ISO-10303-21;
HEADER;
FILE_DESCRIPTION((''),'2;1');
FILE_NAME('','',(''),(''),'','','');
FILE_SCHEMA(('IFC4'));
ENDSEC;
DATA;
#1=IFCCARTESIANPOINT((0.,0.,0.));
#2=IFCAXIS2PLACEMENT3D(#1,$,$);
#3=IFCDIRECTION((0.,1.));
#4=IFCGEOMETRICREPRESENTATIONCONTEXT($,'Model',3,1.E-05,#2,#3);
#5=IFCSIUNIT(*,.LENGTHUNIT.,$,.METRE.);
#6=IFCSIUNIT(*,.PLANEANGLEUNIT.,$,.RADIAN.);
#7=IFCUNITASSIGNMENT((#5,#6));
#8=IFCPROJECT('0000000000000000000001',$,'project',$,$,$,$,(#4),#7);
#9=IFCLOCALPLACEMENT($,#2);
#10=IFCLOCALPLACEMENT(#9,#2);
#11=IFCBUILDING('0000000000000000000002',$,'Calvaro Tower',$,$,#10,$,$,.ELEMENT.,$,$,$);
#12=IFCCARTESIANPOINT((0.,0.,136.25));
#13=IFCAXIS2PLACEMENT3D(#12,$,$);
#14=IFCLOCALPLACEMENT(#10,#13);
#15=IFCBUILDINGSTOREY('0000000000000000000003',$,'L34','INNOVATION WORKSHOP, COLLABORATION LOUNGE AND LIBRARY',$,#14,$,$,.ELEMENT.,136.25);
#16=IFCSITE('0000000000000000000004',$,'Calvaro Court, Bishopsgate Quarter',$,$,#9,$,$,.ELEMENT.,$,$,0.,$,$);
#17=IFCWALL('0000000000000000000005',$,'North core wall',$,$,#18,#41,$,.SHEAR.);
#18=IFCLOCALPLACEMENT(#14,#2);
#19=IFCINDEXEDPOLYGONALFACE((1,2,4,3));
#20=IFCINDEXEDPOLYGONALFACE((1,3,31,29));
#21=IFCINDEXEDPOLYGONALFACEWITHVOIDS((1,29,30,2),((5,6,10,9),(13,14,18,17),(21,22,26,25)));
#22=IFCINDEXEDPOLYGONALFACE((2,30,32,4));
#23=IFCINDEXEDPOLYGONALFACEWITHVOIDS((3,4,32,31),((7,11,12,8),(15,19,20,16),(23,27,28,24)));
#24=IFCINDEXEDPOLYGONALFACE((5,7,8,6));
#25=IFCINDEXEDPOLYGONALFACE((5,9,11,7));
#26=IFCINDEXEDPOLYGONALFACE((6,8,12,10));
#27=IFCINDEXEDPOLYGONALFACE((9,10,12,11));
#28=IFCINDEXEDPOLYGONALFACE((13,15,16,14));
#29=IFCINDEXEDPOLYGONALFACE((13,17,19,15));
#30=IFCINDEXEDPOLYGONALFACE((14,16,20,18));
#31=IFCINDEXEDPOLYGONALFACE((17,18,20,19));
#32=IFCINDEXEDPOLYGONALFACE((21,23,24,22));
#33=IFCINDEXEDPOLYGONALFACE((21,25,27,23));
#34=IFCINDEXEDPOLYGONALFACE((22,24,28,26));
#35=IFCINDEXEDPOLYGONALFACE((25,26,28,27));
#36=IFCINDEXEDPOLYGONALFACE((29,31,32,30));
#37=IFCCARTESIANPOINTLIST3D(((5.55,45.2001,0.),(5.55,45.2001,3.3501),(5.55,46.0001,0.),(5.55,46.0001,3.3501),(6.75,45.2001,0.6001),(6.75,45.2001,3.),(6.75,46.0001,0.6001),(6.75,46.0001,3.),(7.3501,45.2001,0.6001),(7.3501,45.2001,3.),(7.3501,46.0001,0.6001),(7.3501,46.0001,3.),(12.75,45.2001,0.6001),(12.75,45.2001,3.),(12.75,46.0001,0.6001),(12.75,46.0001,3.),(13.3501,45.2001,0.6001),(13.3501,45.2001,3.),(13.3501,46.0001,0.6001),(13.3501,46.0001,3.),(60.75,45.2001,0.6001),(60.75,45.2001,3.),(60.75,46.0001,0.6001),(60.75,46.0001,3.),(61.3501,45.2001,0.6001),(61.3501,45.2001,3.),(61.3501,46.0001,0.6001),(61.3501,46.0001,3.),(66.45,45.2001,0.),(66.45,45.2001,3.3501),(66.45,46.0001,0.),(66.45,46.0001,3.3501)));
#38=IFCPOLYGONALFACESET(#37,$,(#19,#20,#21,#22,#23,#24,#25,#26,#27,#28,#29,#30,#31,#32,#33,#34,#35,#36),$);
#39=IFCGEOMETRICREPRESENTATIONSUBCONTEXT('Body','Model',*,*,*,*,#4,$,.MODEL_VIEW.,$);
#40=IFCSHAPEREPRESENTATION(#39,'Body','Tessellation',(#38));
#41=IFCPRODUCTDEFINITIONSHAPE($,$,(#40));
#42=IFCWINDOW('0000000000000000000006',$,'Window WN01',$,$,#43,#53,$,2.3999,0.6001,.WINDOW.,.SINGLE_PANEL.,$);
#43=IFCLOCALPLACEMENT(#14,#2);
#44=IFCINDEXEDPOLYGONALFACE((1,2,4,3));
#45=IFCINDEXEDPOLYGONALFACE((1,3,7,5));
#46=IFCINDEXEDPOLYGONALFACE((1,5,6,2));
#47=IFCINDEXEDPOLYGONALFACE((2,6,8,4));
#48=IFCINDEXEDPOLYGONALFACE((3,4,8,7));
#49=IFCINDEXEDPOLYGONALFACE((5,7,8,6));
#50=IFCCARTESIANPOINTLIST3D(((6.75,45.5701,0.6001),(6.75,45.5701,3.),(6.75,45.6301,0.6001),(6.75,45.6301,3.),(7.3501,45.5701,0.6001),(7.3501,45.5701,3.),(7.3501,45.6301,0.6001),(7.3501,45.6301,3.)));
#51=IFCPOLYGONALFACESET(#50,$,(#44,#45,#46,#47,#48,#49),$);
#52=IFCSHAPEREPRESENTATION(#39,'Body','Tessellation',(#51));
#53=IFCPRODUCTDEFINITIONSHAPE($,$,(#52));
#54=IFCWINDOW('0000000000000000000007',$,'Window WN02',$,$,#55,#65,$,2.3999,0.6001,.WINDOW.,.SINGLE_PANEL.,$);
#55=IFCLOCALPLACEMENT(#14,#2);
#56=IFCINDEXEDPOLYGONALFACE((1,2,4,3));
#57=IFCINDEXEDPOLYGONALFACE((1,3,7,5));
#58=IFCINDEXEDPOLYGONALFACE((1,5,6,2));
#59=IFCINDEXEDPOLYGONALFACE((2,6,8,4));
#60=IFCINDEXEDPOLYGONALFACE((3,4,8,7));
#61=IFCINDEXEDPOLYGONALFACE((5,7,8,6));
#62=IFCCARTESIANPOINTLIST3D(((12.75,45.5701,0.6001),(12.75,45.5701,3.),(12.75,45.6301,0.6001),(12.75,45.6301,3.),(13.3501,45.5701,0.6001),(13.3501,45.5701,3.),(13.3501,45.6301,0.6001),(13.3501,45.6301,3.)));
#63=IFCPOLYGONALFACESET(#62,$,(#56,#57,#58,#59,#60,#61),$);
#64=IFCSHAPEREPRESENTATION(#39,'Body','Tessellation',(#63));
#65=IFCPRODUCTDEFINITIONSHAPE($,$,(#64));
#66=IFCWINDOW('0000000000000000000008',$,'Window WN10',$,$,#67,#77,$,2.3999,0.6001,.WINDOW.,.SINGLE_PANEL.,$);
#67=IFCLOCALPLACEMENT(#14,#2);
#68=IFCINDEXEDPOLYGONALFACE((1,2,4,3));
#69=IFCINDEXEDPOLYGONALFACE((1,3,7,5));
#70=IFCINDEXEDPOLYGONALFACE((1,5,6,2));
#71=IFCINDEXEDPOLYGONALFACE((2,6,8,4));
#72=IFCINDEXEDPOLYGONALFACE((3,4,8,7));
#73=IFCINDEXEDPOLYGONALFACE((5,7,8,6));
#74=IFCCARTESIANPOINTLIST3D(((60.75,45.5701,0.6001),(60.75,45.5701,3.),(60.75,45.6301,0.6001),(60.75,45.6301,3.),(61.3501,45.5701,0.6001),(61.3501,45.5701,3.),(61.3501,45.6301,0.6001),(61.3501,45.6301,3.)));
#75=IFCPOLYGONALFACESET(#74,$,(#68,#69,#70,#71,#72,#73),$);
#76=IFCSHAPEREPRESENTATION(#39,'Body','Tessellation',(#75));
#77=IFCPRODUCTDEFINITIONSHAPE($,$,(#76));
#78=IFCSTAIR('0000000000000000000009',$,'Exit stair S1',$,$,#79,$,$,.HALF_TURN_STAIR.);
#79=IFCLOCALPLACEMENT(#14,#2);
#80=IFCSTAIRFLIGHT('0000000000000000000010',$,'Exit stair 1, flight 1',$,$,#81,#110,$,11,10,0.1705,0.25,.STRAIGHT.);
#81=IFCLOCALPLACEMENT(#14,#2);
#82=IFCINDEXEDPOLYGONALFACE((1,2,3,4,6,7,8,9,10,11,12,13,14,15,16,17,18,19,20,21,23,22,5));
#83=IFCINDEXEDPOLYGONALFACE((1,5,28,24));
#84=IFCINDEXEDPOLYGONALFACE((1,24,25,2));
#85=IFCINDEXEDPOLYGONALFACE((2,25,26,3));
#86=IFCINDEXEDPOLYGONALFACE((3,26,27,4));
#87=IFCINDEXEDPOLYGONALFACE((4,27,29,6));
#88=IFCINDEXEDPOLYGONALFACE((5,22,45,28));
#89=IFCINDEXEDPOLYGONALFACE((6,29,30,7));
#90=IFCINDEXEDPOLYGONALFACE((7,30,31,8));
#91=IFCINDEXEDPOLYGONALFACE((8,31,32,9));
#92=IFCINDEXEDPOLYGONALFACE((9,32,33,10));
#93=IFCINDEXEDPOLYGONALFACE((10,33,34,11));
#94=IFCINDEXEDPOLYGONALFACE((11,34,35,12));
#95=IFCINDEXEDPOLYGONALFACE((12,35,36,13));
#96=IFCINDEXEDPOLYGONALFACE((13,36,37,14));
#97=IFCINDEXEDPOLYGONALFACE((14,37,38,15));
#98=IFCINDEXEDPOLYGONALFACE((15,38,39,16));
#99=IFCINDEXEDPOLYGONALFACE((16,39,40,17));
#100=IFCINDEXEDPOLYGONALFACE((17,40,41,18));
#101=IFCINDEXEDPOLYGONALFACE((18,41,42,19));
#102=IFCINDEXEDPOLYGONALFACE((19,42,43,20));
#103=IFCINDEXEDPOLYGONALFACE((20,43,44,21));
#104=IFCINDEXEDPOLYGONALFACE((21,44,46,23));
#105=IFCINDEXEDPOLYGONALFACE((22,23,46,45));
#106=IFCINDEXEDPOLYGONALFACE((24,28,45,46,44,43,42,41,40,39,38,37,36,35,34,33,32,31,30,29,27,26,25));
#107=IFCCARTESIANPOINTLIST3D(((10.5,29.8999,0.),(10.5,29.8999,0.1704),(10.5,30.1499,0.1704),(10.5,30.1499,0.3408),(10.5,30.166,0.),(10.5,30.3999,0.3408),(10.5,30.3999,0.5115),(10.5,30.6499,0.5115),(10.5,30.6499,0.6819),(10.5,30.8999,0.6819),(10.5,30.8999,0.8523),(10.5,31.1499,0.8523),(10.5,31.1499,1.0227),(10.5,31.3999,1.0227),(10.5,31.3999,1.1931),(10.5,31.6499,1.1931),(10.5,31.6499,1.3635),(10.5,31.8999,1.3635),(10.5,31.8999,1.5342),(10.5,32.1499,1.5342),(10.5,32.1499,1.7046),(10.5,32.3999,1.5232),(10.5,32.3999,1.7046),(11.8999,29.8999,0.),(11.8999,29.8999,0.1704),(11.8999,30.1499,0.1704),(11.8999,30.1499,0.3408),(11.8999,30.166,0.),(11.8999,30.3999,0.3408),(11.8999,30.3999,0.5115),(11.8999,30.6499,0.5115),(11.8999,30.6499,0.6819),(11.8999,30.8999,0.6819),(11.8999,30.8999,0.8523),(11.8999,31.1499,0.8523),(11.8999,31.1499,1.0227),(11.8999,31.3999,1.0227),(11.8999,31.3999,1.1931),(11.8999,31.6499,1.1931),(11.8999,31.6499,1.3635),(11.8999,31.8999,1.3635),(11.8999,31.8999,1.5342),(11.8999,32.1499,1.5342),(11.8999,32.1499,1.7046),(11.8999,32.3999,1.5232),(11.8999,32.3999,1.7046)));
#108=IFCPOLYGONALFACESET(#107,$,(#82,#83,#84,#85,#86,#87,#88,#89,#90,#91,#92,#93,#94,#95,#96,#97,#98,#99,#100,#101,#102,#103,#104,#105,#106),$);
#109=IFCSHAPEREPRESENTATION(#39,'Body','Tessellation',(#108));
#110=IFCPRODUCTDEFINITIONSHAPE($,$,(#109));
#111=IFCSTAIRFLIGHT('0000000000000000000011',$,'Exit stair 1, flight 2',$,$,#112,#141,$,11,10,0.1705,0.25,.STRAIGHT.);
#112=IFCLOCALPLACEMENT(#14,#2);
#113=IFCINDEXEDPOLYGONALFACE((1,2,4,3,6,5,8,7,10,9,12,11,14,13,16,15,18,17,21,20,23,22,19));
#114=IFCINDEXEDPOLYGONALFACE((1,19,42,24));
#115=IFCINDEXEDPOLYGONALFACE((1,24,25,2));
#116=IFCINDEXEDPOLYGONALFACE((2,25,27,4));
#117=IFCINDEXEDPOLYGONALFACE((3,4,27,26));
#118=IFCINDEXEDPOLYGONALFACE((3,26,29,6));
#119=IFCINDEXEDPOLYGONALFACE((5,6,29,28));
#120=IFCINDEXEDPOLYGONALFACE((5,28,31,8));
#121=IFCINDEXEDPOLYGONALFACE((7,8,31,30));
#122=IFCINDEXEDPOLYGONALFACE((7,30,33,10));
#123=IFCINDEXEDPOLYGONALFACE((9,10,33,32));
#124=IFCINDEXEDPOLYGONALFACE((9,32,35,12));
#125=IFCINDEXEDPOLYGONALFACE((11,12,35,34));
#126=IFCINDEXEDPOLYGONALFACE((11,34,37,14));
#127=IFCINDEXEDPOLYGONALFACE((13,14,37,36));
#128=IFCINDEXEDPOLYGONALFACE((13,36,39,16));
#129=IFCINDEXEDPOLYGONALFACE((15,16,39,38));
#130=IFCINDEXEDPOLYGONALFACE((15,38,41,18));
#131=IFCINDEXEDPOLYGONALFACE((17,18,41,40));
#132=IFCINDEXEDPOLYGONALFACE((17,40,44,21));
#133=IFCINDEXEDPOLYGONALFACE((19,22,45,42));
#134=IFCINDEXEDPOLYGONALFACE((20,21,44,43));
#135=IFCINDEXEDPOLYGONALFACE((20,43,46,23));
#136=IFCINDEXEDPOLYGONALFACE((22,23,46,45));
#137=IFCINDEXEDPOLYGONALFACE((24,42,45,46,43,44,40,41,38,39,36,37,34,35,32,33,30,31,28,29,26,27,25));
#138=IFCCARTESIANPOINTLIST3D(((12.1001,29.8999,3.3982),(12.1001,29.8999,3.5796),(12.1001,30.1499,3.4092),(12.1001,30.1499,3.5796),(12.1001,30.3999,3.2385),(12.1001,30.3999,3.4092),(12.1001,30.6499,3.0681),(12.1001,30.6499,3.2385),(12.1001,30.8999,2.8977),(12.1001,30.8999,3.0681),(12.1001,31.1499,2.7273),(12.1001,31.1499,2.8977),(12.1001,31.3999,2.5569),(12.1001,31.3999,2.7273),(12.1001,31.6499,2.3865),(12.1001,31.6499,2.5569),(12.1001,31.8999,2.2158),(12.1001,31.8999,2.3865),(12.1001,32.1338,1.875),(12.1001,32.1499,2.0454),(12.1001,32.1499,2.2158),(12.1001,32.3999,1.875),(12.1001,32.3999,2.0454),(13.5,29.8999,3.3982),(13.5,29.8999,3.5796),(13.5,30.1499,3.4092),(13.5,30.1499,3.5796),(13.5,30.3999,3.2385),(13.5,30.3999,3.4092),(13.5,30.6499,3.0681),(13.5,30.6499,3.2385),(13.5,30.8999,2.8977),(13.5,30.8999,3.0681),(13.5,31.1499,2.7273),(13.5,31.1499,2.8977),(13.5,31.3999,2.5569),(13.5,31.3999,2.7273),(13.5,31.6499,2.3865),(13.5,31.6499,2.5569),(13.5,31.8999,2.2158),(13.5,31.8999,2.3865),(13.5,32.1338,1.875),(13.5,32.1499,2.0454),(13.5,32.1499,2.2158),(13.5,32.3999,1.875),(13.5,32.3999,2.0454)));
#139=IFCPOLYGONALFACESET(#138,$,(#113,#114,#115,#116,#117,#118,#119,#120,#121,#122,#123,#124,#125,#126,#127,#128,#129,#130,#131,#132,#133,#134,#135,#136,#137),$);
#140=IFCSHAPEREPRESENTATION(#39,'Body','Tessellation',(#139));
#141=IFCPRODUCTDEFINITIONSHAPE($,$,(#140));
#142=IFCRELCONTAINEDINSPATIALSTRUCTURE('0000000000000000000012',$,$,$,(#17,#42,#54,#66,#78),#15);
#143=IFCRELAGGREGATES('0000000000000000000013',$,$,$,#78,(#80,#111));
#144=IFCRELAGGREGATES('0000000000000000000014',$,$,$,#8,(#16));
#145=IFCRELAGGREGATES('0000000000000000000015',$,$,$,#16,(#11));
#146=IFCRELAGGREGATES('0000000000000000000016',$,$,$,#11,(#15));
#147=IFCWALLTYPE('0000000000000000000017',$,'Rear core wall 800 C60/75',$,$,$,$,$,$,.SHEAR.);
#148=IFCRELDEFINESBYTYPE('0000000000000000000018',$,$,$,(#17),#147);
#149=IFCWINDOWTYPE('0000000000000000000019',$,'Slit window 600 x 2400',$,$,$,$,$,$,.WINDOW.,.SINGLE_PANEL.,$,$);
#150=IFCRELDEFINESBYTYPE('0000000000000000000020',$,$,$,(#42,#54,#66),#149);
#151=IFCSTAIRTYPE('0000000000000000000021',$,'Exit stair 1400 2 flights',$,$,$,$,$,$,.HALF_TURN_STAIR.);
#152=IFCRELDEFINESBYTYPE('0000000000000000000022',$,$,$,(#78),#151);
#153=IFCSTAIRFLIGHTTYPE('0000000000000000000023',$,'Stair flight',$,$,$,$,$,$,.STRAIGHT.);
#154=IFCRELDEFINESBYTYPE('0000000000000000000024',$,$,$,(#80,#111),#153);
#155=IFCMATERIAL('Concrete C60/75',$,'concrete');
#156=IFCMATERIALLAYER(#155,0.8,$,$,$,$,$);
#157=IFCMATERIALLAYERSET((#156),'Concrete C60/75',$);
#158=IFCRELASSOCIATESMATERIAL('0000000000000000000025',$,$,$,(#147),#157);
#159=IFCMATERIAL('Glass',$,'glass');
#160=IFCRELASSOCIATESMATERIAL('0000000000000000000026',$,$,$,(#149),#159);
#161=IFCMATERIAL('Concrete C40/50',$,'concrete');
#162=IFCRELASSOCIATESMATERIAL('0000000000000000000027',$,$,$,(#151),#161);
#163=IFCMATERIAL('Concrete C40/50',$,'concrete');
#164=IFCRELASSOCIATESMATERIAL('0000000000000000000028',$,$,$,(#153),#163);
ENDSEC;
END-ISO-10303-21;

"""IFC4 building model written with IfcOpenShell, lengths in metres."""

from ifc_helpers import new_model, si_unit, direction, frame, frame_2d, origin, place, context, subcontext, project, spatial, polyline, rectangle, outline, extrude, material, layer, layer_set, type_object, element, fill, aggregate, save


model = new_model("IFC4")

# Units and contexts
model_context = context("Model", 3, precision=1e-05, world=origin(), true_north=direction((0.0, 1.0)))
body_context = subcontext(model_context, "Body", "Model", "MODEL_VIEW")
ifc_project = project(units=[si_unit("LENGTHUNIT", "METRE"), si_unit("PLANEANGLEUNIT", "RADIAN")], contexts=[model_context])

# Site, building, storey
site_placement = place(None, origin())
site = spatial("IfcSite", under=ifc_project, at=site_placement, Name="Calvaro Court, Bishopsgate Quarter", CompositionType="ELEMENT", RefElevation=0.0)
building_placement = place(site_placement, origin())
building = spatial("IfcBuilding", under=site, at=building_placement, Name="Calvaro Tower", CompositionType="ELEMENT")
storey_placement = place(building_placement, frame((0.0, 0.0, 136.25)))
storey = spatial("IfcBuildingStorey", under=building, at=storey_placement, Name="L34", Description="INNOVATION WORKSHOP, COLLABORATION LOUNGE AND LIBRARY", CompositionType="ELEMENT", Elevation=136.25)

# Wall, openings, windows
ifc_material_1 = material(Name="Concrete C60/75", Category="concrete")
ifc_layer_1 = layer(ifc_material_1, 0.8)
ifc_layer_set_1 = layer_set([ifc_layer_1], Name="Concrete C60/75")
wall_type_1 = type_object("IfcWallType", Name="Rear core wall 800 C60/75", PredefinedType="SHEAR", material=ifc_layer_set_1)
wall_1_placement = place(storey_placement, frame((5.55, 45.6001, 0.0), z_axis=(0.0, 0.0, 1.0), x_axis=(1.0, 0.0, 0.0)))
wall_1 = element("IfcWall", 1, at=wall_1_placement, inside=storey, type_object=wall_type_1, Name="North core wall", PredefinedType="SHEAR", context=body_context, shape_type="SweptSolid", body=[
    extrude(rectangle(XDim=60.8999, YDim=0.8, at=frame_2d((30.45, 0.0))), origin(), (0.0, 0.0, 1.0), 3.3501),
])
opening_1_placement = place(wall_1_placement, frame((1.2, 0.0, 0.6001)))
opening_1 = element("IfcOpeningElement", 2, at=opening_1_placement, cuts=wall_1, PredefinedType="OPENING", context=body_context, shape_type="SweptSolid", body=[
    extrude(rectangle(XDim=0.6001, YDim=2.3999, at=frame_2d((0.3, 1.2))), frame((0.0, 0.4099, 0.0), z_axis=(0.0, -1.0, 0.0), x_axis=(1.0, 0.0, 0.0)), (0.0, 0.0, 1.0), 0.8201),
])
opening_2_placement = place(wall_1_placement, frame((7.2, 0.0, 0.6001)))
opening_2 = element("IfcOpeningElement", 3, at=opening_2_placement, cuts=wall_1, PredefinedType="OPENING", context=body_context, shape_type="SweptSolid", body=[
    extrude(rectangle(XDim=0.6001, YDim=2.3999, at=frame_2d((0.3, 1.2))), frame((0.0, 0.4099, 0.0), z_axis=(0.0, -1.0, 0.0), x_axis=(1.0, 0.0, 0.0)), (0.0, 0.0, 1.0), 0.8201),
])
opening_3_placement = place(wall_1_placement, frame((55.2, 0.0, 0.6001)))
opening_3 = element("IfcOpeningElement", 4, at=opening_3_placement, cuts=wall_1, PredefinedType="OPENING", context=body_context, shape_type="SweptSolid", body=[
    extrude(rectangle(XDim=0.6001, YDim=2.3999, at=frame_2d((0.3, 1.2))), frame((0.0, 0.4099, 0.0), z_axis=(0.0, -1.0, 0.0), x_axis=(1.0, 0.0, 0.0)), (0.0, 0.0, 1.0), 0.8201),
])
ifc_material_2 = material(Name="Glass", Category="glass")
window_type = type_object("IfcWindowType", Name="Slit window 600 x 2400", PartitioningType="SINGLE_PANEL", PredefinedType="WINDOW", material=ifc_material_2)
window_1_placement = place(opening_1_placement, origin())
window_1 = element("IfcWindow", 5, at=window_1_placement, inside=storey, type_object=window_type, Name="Window WN01", OverallHeight=2.3999, OverallWidth=0.6001, PartitioningType="SINGLE_PANEL", PredefinedType="WINDOW", context=body_context, shape_type="SweptSolid", body=[
    extrude(rectangle(XDim=0.6001, YDim=2.3999, at=frame_2d((0.3, 1.2))), frame((0.0, 0.03, 0.0), z_axis=(0.0, -1.0, 0.0), x_axis=(1.0, 0.0, 0.0)), (0.0, 0.0, 1.0), 0.0601),
])
fill(opening_1, window_1)
window_2_placement = place(opening_2_placement, origin())
window_2 = element("IfcWindow", 6, at=window_2_placement, inside=storey, type_object=window_type, Name="Window WN02", OverallHeight=2.3999, OverallWidth=0.6001, PartitioningType="SINGLE_PANEL", PredefinedType="WINDOW", context=body_context, shape_type="SweptSolid", body=[
    extrude(rectangle(XDim=0.6001, YDim=2.3999, at=frame_2d((0.3, 1.2))), frame((0.0, 0.03, 0.0), z_axis=(0.0, -1.0, 0.0), x_axis=(1.0, 0.0, 0.0)), (0.0, 0.0, 1.0), 0.0601),
])
fill(opening_2, window_2)
window_3_placement = place(opening_3_placement, origin())
window_3 = element("IfcWindow", 7, at=window_3_placement, inside=storey, type_object=window_type, Name="Window WN10", OverallHeight=2.3999, OverallWidth=0.6001, PartitioningType="SINGLE_PANEL", PredefinedType="WINDOW", context=body_context, shape_type="SweptSolid", body=[
    extrude(rectangle(XDim=0.6001, YDim=2.3999, at=frame_2d((0.3, 1.2))), frame((0.0, 0.03, 0.0), z_axis=(0.0, -1.0, 0.0), x_axis=(1.0, 0.0, 0.0)), (0.0, 0.0, 1.0), 0.0601),
])
fill(opening_3, window_3)

# Stair, stair flights
ifc_material_3 = material(Name="Concrete C40/50", Category="concrete")
stair_type = type_object("IfcStairType", Name="Exit stair 1400 2 flights", PredefinedType="HALF_TURN_STAIR", material=ifc_material_3)
stair_placement = place(storey_placement, origin())
stair = element("IfcStair", 8, at=stair_placement, inside=storey, type_object=stair_type, Name="Exit stair S1", PredefinedType="HALF_TURN_STAIR")
ifc_material_4 = material(Name="Concrete C40/50", Category="concrete")
stair_flight_type = type_object("IfcStairFlightType", Name="Stair flight", PredefinedType="STRAIGHT", material=ifc_material_4)
stair_flight_1_placement = place(storey_placement, frame((11.2, 29.8999, 0.0), z_axis=(0.0, 0.0, 1.0), x_axis=(0.0, 1.0, 0.0)))
stair_flight_1 = element("IfcStairFlight", 9, at=stair_flight_1_placement, type_object=stair_flight_type, Name="Exit stair 1, flight 1", NumberOfRisers=11, NumberOfTreads=10, PredefinedType="STRAIGHT", RiserHeight=0.1705, TreadLength=0.25, context=body_context, shape_type="SweptSolid", body=[
    extrude(outline(polyline([(0.0, 0.0), (0.0, 0.1704), (0.25, 0.1704), (0.25, 0.3408), (0.5, 0.3408), (0.5, 0.5115), (0.75, 0.5115), (0.75, 0.6819), (1.0, 0.6819), (1.0, 0.8523), (1.25, 0.8523), (1.25, 1.0227), (1.5, 1.0227), (1.5, 1.1931), (1.75, 1.1931), (1.75, 1.3635), (2.0, 1.3635), (2.0, 1.5342), (2.25, 1.5342), (2.25, 1.7046), (2.5, 1.7046), (2.5, 1.875), (2.5, 1.5232), (0.2661, 0.0), (0.0, 0.0)])), frame((0.0, 0.7, 0.0), z_axis=(0.0, -1.0, 0.0), x_axis=(1.0, 0.0, 0.0)), (0.0, 0.0, 1.0), 1.3999),
])
stair_flight_2_placement = place(storey_placement, frame((12.8, 32.3999, 1.875), z_axis=(0.0, 0.0, 1.0), x_axis=(0.0, -1.0, 0.0)))
stair_flight_2 = element("IfcStairFlight", 10, at=stair_flight_2_placement, type_object=stair_flight_type, Name="Exit stair 1, flight 2", NumberOfRisers=11, NumberOfTreads=10, PredefinedType="STRAIGHT", RiserHeight=0.1705, TreadLength=0.25, context=body_context, shape_type="SweptSolid", body=[
    extrude(outline(polyline([(0.0, 0.0), (0.0, 0.1704), (0.25, 0.1704), (0.25, 0.3408), (0.5, 0.3408), (0.5, 0.5115), (0.75, 0.5115), (0.75, 0.6819), (1.0, 0.6819), (1.0, 0.8523), (1.25, 0.8523), (1.25, 1.0227), (1.5, 1.0227), (1.5, 1.1931), (1.75, 1.1931), (1.75, 1.3635), (2.0, 1.3635), (2.0, 1.5342), (2.25, 1.5342), (2.25, 1.7046), (2.5, 1.7046), (2.5, 1.875), (2.5, 1.5232), (0.2661, 0.0), (0.0, 0.0)])), frame((0.0, 0.7, 0.0), z_axis=(0.0, -1.0, 0.0), x_axis=(1.0, 0.0, 0.0)), (0.0, 0.0, 1.0), 1.3999),
])
aggregate(stair, [stair_flight_1, stair_flight_2])

save(model, "model.ifc")
